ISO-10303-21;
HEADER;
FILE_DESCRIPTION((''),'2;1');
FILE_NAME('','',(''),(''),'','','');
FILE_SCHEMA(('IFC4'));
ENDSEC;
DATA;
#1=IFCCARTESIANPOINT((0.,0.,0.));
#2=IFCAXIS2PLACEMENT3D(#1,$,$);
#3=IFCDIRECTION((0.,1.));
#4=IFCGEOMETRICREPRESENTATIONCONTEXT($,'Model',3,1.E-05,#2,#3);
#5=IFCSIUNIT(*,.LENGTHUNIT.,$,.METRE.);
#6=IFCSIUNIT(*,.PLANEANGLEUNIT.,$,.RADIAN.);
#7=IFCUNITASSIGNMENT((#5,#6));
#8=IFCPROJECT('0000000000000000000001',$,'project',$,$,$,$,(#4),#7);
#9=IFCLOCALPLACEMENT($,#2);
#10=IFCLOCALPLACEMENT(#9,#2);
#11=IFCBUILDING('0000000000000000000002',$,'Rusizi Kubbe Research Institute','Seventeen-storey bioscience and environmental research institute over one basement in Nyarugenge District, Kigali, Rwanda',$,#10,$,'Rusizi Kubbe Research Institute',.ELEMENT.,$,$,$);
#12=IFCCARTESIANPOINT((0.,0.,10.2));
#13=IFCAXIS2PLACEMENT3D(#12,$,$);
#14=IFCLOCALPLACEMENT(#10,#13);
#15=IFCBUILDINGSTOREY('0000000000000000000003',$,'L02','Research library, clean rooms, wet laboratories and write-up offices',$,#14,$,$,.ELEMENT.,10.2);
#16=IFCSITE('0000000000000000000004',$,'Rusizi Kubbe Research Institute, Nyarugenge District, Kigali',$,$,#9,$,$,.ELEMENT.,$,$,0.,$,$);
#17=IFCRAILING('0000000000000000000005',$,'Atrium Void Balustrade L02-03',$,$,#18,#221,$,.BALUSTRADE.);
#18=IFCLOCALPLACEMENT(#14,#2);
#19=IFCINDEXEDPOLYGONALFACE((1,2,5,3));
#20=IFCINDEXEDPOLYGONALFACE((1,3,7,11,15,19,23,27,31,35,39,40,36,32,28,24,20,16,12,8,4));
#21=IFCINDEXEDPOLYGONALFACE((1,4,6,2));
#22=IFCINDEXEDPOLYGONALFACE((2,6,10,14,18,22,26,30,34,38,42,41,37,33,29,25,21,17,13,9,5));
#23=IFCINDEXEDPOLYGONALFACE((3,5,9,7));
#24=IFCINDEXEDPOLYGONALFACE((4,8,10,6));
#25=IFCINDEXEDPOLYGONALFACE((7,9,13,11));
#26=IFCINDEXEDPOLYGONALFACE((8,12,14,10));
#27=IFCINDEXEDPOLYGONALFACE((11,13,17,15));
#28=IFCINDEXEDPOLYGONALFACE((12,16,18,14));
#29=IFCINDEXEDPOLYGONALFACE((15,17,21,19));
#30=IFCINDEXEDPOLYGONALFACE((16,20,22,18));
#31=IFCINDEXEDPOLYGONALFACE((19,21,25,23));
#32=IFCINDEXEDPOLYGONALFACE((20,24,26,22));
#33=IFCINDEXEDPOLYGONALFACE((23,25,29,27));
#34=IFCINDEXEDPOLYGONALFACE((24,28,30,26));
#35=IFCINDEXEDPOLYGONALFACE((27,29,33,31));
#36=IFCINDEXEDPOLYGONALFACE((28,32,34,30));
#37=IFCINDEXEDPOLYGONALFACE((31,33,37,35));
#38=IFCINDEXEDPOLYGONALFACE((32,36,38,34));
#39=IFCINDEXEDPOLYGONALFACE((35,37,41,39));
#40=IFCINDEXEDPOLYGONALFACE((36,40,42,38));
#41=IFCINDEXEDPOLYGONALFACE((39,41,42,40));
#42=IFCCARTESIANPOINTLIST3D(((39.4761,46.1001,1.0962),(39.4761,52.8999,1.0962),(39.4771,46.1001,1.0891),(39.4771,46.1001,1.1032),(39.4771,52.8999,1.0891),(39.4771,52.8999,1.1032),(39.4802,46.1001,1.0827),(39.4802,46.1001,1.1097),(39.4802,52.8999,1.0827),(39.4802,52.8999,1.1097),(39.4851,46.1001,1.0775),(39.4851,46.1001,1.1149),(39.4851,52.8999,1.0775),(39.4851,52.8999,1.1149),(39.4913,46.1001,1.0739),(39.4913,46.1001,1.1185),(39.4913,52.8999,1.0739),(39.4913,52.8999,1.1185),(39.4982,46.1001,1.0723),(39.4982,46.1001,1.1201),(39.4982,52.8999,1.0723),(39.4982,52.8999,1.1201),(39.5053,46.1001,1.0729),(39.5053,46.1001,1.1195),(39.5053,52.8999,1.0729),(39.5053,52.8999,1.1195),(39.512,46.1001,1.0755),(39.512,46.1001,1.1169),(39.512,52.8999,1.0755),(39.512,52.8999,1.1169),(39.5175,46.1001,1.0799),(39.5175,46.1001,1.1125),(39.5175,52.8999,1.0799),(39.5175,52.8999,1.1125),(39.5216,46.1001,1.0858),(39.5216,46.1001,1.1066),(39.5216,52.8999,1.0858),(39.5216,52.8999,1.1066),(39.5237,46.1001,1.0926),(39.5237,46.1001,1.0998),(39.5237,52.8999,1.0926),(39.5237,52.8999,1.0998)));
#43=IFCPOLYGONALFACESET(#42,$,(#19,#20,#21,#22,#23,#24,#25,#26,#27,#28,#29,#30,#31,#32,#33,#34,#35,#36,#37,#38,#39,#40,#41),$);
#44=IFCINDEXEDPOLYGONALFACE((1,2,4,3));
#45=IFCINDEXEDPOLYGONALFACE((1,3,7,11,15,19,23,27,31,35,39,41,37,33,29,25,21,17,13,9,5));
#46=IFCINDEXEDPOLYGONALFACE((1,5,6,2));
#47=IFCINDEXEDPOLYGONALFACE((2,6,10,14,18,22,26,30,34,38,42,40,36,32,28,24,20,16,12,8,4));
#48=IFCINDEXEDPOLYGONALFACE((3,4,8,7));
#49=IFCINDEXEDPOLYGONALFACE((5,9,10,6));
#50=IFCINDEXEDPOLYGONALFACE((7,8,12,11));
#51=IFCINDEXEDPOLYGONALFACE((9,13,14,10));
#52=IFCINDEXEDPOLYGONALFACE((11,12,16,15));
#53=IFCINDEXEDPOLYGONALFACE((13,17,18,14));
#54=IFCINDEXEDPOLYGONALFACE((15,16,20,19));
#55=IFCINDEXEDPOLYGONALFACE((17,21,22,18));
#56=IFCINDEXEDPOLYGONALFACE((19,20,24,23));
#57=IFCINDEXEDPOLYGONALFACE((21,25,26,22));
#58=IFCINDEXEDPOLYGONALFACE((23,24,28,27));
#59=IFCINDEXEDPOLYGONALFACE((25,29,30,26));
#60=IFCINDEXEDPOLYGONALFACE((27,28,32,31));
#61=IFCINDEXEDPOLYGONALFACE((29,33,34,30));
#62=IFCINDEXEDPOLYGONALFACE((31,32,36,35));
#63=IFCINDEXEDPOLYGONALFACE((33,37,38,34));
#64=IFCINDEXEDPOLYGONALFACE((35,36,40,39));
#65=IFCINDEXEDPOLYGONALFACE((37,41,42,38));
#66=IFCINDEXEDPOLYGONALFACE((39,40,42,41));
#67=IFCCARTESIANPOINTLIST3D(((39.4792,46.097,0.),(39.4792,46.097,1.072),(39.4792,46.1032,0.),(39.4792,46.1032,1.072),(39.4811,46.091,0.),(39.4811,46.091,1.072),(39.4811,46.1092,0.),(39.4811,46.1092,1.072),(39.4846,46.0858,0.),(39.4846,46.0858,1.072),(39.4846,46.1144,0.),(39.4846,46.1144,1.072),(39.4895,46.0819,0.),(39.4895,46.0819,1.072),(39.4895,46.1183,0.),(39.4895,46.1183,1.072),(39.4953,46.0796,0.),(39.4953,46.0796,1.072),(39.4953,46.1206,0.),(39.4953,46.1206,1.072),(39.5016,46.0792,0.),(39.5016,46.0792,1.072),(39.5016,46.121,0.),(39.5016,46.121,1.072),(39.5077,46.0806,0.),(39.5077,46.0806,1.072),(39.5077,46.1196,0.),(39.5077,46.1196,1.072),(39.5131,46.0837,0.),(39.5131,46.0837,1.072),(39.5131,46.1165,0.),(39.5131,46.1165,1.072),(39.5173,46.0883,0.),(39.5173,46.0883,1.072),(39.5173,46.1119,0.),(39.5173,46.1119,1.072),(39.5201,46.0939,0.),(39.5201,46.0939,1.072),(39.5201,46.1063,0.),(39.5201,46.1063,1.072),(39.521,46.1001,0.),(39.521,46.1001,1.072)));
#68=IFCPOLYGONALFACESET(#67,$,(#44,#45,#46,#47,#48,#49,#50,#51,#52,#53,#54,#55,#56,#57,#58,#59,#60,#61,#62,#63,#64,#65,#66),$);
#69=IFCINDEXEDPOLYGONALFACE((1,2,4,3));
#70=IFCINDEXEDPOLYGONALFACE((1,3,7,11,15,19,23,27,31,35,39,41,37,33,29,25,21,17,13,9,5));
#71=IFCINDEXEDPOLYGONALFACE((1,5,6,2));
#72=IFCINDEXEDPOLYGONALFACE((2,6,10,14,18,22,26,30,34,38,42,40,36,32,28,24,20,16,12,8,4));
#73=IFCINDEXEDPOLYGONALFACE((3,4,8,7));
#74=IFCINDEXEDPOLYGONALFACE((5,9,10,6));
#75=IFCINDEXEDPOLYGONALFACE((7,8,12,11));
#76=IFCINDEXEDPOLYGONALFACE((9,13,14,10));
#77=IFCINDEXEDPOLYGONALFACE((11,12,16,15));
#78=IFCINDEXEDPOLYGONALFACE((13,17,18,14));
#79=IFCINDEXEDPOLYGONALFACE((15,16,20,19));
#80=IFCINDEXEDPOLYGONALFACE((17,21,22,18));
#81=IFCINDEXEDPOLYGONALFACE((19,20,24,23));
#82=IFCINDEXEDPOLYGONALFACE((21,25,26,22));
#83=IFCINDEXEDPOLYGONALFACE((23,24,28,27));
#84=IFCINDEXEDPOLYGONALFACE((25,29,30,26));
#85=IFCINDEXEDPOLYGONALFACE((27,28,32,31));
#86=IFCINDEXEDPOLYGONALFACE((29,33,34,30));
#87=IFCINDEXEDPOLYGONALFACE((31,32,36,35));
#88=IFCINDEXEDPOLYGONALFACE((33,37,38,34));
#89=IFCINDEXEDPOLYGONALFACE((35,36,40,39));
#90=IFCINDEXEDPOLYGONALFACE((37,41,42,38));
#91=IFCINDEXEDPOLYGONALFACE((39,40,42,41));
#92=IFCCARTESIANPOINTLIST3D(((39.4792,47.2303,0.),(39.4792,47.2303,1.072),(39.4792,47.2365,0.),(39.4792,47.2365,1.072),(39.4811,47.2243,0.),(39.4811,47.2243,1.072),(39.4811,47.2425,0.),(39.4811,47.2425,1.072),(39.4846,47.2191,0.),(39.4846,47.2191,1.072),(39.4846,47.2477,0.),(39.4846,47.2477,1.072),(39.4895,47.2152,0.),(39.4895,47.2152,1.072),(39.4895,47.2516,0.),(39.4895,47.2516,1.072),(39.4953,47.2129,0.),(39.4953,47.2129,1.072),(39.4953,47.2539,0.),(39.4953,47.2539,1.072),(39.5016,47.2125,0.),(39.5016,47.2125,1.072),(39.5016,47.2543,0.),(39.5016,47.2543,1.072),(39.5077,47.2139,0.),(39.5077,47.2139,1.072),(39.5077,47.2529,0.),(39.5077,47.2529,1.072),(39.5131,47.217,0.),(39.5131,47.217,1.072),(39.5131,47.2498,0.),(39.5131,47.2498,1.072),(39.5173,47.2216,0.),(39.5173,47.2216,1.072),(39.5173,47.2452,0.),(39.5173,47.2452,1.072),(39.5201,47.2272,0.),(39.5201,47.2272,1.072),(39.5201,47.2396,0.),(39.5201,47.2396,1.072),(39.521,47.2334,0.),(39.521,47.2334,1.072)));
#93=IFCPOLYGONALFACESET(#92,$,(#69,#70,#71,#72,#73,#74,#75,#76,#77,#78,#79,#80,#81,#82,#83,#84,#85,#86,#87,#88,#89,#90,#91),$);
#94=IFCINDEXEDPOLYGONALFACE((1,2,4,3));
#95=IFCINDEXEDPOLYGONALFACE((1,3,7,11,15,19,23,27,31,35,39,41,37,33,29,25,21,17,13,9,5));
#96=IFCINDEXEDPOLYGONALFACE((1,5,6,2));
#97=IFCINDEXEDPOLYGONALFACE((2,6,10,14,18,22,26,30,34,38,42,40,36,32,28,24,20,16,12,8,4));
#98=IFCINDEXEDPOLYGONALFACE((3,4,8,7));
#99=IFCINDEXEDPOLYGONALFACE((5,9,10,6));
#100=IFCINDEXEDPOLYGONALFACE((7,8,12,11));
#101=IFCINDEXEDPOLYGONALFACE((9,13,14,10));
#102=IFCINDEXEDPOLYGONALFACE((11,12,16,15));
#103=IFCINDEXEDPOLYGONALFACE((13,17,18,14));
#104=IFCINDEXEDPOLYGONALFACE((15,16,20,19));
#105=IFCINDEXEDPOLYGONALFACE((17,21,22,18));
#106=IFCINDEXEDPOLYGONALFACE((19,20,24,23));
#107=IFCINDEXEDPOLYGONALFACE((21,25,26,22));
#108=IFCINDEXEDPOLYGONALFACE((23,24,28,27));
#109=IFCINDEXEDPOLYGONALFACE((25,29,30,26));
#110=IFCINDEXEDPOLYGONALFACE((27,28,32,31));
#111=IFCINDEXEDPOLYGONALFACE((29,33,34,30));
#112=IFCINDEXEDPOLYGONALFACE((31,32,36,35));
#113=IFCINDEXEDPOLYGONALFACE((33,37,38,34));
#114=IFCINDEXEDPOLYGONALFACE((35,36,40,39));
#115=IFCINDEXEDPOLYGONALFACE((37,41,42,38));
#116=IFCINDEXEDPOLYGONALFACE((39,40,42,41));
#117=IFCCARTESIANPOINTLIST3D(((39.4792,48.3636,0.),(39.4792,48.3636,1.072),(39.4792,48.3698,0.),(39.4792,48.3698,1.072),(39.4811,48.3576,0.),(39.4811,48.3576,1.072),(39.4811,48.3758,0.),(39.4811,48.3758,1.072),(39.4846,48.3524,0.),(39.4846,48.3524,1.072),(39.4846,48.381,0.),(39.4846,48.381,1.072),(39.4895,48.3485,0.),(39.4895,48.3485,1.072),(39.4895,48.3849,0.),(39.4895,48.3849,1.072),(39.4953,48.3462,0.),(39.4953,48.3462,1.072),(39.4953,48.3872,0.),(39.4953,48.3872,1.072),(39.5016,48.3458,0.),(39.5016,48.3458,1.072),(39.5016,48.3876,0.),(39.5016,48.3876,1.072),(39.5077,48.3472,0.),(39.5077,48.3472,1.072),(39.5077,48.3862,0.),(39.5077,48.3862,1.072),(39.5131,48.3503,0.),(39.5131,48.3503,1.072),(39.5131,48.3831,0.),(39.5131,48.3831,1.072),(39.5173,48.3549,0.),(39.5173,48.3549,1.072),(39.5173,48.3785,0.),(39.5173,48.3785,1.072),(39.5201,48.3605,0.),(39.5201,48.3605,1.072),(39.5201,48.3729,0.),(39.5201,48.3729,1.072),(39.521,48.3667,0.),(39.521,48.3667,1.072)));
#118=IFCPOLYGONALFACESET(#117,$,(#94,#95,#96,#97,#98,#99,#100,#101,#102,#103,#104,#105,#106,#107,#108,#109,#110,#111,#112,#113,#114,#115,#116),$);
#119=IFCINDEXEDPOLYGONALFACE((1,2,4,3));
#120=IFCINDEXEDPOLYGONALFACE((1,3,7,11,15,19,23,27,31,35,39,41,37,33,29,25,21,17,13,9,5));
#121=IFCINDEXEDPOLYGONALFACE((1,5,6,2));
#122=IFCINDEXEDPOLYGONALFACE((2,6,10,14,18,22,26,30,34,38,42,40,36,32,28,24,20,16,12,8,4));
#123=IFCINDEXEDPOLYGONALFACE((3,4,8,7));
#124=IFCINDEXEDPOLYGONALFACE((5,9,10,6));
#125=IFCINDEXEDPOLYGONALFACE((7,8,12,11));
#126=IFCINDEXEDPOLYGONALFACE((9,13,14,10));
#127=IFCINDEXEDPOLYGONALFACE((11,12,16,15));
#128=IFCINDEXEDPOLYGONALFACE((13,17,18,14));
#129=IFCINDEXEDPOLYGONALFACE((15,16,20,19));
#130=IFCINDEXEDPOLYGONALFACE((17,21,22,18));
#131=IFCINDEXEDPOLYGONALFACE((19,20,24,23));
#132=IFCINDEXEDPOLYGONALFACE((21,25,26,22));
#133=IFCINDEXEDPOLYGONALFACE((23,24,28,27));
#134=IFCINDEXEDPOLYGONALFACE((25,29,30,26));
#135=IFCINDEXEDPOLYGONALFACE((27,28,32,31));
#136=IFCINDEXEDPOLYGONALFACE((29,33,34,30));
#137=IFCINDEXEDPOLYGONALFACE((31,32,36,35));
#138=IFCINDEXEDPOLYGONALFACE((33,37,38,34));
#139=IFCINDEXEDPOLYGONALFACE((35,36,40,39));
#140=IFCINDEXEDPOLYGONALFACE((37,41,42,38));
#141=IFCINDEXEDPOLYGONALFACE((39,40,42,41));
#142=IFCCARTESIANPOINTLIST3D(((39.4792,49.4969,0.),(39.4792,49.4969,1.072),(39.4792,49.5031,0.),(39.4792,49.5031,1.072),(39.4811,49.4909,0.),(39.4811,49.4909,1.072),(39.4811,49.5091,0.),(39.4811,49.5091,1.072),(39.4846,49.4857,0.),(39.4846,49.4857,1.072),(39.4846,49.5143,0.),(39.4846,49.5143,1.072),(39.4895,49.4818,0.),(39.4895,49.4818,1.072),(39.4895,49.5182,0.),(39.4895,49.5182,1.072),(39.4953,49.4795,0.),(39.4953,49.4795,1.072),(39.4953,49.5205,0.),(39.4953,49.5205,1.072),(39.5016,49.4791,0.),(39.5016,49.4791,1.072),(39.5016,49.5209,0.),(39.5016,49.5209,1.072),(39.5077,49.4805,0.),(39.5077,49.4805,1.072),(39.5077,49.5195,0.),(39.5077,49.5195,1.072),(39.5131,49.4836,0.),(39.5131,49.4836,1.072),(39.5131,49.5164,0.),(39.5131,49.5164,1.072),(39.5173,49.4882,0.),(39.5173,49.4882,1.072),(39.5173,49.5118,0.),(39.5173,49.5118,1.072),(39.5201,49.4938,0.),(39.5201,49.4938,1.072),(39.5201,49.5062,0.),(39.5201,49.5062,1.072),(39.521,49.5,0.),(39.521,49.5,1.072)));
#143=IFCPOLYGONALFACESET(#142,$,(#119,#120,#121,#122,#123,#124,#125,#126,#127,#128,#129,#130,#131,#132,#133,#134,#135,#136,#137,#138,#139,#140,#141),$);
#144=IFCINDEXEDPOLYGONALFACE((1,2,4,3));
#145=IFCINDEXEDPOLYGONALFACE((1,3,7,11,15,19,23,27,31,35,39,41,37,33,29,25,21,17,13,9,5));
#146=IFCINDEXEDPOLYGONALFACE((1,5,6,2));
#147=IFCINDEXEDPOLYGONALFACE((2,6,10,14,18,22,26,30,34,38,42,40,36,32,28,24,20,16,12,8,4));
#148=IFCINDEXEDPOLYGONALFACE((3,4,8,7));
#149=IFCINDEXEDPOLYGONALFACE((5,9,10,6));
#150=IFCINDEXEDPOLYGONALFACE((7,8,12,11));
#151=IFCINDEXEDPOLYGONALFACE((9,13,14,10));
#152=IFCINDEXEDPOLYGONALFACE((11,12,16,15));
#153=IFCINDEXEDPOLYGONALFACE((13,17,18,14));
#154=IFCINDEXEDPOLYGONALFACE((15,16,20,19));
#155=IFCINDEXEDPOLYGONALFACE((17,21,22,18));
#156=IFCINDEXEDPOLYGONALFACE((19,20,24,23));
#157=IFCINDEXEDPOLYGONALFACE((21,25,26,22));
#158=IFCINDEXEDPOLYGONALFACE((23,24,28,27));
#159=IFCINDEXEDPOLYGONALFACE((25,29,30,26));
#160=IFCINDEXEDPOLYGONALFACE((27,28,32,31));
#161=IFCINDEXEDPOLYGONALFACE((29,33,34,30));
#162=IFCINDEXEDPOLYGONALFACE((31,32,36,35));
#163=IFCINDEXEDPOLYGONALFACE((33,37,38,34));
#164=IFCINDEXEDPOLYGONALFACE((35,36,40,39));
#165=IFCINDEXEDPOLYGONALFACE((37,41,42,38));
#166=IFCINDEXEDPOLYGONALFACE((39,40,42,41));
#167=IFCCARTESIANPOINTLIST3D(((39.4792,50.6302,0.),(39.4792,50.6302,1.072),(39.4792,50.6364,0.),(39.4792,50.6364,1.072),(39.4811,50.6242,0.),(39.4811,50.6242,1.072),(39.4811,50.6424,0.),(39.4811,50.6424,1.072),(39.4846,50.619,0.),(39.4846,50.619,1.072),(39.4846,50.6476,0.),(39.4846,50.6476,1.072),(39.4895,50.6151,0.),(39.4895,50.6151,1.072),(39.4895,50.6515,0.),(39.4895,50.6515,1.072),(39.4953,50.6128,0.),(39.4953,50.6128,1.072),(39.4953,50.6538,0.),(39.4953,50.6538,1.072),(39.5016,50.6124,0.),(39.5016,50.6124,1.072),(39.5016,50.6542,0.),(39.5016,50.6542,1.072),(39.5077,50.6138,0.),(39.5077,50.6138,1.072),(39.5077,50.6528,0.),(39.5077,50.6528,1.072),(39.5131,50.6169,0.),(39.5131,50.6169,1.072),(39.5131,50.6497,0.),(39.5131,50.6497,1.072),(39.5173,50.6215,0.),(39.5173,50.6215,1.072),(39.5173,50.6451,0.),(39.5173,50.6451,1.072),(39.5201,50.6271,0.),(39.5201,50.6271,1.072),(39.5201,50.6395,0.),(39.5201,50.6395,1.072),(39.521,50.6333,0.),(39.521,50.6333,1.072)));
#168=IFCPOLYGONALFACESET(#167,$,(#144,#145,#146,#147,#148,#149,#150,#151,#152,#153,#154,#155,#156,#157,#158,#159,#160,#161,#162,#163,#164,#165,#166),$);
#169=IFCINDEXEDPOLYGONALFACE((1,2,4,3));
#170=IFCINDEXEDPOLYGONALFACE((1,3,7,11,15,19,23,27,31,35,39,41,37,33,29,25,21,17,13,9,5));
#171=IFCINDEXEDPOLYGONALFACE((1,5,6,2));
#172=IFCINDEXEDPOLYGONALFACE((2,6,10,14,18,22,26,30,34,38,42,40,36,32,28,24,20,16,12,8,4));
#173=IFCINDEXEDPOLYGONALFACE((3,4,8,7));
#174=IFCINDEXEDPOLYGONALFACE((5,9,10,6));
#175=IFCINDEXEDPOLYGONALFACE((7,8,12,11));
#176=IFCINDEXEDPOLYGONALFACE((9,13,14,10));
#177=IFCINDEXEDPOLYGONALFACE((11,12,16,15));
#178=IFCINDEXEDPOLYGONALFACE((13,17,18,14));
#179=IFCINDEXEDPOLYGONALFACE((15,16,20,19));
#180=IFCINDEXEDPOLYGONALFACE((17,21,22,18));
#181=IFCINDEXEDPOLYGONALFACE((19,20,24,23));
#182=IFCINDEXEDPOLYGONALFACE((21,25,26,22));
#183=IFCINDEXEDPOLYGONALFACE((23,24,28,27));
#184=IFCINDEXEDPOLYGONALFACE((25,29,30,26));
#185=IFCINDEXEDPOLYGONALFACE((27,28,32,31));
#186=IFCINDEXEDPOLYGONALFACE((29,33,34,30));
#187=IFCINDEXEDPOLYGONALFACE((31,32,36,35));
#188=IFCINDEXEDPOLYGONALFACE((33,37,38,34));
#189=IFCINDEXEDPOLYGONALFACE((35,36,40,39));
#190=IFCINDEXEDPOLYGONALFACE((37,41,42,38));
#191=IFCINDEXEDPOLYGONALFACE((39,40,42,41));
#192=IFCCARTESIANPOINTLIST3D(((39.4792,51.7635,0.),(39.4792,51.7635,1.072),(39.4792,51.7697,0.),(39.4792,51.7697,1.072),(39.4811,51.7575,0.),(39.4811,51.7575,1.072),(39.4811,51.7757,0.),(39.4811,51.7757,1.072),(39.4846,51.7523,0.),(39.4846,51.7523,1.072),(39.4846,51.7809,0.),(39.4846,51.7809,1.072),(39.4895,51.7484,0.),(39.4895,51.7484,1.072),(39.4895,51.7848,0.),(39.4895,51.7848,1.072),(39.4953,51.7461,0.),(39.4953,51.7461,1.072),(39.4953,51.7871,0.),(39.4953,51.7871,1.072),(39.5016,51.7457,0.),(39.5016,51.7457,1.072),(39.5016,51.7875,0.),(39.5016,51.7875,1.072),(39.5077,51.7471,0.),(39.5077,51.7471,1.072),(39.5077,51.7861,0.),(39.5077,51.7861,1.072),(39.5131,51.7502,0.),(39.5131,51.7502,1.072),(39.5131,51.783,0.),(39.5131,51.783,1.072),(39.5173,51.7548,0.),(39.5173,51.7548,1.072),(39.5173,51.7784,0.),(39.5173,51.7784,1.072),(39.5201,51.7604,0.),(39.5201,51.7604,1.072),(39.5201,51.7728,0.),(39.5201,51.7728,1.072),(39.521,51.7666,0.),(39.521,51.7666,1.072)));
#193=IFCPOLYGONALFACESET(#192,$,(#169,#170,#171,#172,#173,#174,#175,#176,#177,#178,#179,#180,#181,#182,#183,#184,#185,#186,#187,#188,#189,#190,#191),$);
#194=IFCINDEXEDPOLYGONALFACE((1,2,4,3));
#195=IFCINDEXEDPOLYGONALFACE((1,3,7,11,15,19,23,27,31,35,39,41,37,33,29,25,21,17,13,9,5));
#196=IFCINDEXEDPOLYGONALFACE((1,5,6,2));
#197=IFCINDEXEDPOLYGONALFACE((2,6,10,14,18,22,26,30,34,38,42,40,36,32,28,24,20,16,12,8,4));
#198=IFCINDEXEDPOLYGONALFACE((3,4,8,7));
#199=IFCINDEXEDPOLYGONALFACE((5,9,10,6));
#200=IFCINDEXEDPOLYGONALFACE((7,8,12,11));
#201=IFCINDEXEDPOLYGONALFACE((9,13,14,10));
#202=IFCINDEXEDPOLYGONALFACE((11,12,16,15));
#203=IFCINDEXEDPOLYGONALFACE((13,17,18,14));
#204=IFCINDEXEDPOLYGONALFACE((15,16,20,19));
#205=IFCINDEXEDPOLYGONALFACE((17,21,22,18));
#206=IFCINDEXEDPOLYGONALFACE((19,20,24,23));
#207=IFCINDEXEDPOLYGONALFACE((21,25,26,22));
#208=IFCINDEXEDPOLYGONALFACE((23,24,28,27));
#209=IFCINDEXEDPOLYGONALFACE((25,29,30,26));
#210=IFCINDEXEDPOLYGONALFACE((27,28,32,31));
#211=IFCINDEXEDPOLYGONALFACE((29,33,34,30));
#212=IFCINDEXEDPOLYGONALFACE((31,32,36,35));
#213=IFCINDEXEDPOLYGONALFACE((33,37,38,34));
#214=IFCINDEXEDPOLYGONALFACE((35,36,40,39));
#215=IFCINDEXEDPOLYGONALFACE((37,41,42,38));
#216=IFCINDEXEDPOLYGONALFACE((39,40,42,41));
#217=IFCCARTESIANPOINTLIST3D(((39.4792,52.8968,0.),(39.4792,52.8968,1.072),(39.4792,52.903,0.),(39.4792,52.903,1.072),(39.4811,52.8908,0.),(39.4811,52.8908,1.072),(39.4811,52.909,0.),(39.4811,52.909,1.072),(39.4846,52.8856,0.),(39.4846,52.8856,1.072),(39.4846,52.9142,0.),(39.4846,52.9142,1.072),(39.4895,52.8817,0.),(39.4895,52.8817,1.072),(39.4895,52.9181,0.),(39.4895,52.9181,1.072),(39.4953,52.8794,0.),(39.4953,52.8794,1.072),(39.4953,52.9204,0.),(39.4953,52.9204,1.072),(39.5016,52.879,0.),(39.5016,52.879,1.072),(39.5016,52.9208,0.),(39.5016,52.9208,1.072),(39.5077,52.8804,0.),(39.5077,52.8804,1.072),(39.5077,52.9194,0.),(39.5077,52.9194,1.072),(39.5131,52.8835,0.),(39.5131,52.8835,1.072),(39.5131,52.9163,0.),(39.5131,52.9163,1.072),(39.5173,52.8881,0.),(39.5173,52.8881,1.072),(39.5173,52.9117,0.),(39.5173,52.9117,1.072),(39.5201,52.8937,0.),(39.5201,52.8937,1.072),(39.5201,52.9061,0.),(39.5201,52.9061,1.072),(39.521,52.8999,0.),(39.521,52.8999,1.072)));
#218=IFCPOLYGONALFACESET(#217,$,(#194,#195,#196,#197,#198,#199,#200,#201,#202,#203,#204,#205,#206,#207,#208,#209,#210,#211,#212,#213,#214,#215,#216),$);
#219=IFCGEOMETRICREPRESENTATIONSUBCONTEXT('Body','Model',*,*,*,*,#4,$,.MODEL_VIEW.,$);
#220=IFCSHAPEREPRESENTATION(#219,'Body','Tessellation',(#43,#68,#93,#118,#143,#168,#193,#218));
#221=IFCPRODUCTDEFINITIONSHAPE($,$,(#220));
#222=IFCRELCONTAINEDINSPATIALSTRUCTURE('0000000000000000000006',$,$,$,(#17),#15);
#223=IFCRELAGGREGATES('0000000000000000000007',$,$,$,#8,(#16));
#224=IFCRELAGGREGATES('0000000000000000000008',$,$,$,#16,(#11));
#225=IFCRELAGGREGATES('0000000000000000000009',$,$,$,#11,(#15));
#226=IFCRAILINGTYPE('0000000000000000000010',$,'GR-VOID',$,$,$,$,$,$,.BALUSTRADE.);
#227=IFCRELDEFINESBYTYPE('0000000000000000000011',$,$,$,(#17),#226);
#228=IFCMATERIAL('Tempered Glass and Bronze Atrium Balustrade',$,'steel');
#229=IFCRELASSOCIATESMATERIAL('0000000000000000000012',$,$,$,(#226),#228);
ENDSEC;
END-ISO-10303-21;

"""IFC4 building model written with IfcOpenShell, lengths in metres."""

from ifc_helpers import new_model, si_unit, direction, frame, origin, origin_2d, place, context, subcontext, project, spatial, circle, extrude, material, type_object, element, save


model = new_model("IFC4")

# Units and contexts
model_context = context("Model", 3, precision=1e-05, world=origin(), true_north=direction((0.0, 1.0)))
body_context = subcontext(model_context, "Body", "Model", "MODEL_VIEW")
ifc_project = project(units=[si_unit("LENGTHUNIT", "METRE"), si_unit("PLANEANGLEUNIT", "RADIAN")], contexts=[model_context])

# Site, building, storey
site_placement = place(None, origin())
site = spatial("IfcSite", under=ifc_project, at=site_placement, Name="Rusizi Kubbe Research Institute, Nyarugenge District, Kigali", CompositionType="ELEMENT", RefElevation=0.0)
building_placement = place(site_placement, origin())
building = spatial("IfcBuilding", under=site, at=building_placement, Name="Rusizi Kubbe Research Institute", Description="Seventeen-storey bioscience and environmental research institute over one basement in Nyarugenge District, Kigali, Rwanda", LongName="Rusizi Kubbe Research Institute", CompositionType="ELEMENT")
storey_placement = place(building_placement, frame((0.0, 0.0, 10.2)))
storey = spatial("IfcBuildingStorey", under=building, at=storey_placement, Name="L02", Description="Research library, clean rooms, wet laboratories and write-up offices", CompositionType="ELEMENT", Elevation=10.2)

# Railing
ifc_material_1 = material(Name="Tempered Glass and Bronze Atrium Balustrade", Category="steel")
railing_type = type_object("IfcRailingType", Name="GR-VOID", PredefinedType="BALUSTRADE", material=ifc_material_1)
railing_placement = place(storey_placement, frame((39.5, 46.1001, 0.0)))
element("IfcRailing", 1, at=railing_placement, inside=storey, type_object=railing_type, Name="Atrium Void Balustrade L02-03", PredefinedType="BALUSTRADE", context=body_context, shape_type="SweptSolid", body=[
    extrude(circle(Radius=0.0239, at=origin_2d()), frame((0.0, 0.0, 1.0962), z_axis=(0.0, 1.0, 0.0), x_axis=(-1.0, 0.0, 0.0)), (0.0, 0.0, 1.0), 6.7998),
    extrude(circle(Radius=0.021, at=origin_2d()), origin(), (0.0, 0.0, 1.0), 1.072),
    extrude(circle(Radius=0.021, at=origin_2d()), frame((0.0, 1.1333, 0.0)), (0.0, 0.0, 1.0), 1.072),
    extrude(circle(Radius=0.021, at=origin_2d()), frame((0.0, 2.2666, 0.0)), (0.0, 0.0, 1.0), 1.072),
    extrude(circle(Radius=0.021, at=origin_2d()), frame((0.0, 3.3999, 0.0)), (0.0, 0.0, 1.0), 1.072),
    extrude(circle(Radius=0.021, at=origin_2d()), frame((0.0, 4.5332, 0.0)), (0.0, 0.0, 1.0), 1.072),
    extrude(circle(Radius=0.021, at=origin_2d()), frame((0.0, 5.6665, 0.0)), (0.0, 0.0, 1.0), 1.072),
    extrude(circle(Radius=0.021, at=origin_2d()), frame((0.0, 6.7998, 0.0)), (0.0, 0.0, 1.0), 1.072),
])

save(model, "model.ifc")
